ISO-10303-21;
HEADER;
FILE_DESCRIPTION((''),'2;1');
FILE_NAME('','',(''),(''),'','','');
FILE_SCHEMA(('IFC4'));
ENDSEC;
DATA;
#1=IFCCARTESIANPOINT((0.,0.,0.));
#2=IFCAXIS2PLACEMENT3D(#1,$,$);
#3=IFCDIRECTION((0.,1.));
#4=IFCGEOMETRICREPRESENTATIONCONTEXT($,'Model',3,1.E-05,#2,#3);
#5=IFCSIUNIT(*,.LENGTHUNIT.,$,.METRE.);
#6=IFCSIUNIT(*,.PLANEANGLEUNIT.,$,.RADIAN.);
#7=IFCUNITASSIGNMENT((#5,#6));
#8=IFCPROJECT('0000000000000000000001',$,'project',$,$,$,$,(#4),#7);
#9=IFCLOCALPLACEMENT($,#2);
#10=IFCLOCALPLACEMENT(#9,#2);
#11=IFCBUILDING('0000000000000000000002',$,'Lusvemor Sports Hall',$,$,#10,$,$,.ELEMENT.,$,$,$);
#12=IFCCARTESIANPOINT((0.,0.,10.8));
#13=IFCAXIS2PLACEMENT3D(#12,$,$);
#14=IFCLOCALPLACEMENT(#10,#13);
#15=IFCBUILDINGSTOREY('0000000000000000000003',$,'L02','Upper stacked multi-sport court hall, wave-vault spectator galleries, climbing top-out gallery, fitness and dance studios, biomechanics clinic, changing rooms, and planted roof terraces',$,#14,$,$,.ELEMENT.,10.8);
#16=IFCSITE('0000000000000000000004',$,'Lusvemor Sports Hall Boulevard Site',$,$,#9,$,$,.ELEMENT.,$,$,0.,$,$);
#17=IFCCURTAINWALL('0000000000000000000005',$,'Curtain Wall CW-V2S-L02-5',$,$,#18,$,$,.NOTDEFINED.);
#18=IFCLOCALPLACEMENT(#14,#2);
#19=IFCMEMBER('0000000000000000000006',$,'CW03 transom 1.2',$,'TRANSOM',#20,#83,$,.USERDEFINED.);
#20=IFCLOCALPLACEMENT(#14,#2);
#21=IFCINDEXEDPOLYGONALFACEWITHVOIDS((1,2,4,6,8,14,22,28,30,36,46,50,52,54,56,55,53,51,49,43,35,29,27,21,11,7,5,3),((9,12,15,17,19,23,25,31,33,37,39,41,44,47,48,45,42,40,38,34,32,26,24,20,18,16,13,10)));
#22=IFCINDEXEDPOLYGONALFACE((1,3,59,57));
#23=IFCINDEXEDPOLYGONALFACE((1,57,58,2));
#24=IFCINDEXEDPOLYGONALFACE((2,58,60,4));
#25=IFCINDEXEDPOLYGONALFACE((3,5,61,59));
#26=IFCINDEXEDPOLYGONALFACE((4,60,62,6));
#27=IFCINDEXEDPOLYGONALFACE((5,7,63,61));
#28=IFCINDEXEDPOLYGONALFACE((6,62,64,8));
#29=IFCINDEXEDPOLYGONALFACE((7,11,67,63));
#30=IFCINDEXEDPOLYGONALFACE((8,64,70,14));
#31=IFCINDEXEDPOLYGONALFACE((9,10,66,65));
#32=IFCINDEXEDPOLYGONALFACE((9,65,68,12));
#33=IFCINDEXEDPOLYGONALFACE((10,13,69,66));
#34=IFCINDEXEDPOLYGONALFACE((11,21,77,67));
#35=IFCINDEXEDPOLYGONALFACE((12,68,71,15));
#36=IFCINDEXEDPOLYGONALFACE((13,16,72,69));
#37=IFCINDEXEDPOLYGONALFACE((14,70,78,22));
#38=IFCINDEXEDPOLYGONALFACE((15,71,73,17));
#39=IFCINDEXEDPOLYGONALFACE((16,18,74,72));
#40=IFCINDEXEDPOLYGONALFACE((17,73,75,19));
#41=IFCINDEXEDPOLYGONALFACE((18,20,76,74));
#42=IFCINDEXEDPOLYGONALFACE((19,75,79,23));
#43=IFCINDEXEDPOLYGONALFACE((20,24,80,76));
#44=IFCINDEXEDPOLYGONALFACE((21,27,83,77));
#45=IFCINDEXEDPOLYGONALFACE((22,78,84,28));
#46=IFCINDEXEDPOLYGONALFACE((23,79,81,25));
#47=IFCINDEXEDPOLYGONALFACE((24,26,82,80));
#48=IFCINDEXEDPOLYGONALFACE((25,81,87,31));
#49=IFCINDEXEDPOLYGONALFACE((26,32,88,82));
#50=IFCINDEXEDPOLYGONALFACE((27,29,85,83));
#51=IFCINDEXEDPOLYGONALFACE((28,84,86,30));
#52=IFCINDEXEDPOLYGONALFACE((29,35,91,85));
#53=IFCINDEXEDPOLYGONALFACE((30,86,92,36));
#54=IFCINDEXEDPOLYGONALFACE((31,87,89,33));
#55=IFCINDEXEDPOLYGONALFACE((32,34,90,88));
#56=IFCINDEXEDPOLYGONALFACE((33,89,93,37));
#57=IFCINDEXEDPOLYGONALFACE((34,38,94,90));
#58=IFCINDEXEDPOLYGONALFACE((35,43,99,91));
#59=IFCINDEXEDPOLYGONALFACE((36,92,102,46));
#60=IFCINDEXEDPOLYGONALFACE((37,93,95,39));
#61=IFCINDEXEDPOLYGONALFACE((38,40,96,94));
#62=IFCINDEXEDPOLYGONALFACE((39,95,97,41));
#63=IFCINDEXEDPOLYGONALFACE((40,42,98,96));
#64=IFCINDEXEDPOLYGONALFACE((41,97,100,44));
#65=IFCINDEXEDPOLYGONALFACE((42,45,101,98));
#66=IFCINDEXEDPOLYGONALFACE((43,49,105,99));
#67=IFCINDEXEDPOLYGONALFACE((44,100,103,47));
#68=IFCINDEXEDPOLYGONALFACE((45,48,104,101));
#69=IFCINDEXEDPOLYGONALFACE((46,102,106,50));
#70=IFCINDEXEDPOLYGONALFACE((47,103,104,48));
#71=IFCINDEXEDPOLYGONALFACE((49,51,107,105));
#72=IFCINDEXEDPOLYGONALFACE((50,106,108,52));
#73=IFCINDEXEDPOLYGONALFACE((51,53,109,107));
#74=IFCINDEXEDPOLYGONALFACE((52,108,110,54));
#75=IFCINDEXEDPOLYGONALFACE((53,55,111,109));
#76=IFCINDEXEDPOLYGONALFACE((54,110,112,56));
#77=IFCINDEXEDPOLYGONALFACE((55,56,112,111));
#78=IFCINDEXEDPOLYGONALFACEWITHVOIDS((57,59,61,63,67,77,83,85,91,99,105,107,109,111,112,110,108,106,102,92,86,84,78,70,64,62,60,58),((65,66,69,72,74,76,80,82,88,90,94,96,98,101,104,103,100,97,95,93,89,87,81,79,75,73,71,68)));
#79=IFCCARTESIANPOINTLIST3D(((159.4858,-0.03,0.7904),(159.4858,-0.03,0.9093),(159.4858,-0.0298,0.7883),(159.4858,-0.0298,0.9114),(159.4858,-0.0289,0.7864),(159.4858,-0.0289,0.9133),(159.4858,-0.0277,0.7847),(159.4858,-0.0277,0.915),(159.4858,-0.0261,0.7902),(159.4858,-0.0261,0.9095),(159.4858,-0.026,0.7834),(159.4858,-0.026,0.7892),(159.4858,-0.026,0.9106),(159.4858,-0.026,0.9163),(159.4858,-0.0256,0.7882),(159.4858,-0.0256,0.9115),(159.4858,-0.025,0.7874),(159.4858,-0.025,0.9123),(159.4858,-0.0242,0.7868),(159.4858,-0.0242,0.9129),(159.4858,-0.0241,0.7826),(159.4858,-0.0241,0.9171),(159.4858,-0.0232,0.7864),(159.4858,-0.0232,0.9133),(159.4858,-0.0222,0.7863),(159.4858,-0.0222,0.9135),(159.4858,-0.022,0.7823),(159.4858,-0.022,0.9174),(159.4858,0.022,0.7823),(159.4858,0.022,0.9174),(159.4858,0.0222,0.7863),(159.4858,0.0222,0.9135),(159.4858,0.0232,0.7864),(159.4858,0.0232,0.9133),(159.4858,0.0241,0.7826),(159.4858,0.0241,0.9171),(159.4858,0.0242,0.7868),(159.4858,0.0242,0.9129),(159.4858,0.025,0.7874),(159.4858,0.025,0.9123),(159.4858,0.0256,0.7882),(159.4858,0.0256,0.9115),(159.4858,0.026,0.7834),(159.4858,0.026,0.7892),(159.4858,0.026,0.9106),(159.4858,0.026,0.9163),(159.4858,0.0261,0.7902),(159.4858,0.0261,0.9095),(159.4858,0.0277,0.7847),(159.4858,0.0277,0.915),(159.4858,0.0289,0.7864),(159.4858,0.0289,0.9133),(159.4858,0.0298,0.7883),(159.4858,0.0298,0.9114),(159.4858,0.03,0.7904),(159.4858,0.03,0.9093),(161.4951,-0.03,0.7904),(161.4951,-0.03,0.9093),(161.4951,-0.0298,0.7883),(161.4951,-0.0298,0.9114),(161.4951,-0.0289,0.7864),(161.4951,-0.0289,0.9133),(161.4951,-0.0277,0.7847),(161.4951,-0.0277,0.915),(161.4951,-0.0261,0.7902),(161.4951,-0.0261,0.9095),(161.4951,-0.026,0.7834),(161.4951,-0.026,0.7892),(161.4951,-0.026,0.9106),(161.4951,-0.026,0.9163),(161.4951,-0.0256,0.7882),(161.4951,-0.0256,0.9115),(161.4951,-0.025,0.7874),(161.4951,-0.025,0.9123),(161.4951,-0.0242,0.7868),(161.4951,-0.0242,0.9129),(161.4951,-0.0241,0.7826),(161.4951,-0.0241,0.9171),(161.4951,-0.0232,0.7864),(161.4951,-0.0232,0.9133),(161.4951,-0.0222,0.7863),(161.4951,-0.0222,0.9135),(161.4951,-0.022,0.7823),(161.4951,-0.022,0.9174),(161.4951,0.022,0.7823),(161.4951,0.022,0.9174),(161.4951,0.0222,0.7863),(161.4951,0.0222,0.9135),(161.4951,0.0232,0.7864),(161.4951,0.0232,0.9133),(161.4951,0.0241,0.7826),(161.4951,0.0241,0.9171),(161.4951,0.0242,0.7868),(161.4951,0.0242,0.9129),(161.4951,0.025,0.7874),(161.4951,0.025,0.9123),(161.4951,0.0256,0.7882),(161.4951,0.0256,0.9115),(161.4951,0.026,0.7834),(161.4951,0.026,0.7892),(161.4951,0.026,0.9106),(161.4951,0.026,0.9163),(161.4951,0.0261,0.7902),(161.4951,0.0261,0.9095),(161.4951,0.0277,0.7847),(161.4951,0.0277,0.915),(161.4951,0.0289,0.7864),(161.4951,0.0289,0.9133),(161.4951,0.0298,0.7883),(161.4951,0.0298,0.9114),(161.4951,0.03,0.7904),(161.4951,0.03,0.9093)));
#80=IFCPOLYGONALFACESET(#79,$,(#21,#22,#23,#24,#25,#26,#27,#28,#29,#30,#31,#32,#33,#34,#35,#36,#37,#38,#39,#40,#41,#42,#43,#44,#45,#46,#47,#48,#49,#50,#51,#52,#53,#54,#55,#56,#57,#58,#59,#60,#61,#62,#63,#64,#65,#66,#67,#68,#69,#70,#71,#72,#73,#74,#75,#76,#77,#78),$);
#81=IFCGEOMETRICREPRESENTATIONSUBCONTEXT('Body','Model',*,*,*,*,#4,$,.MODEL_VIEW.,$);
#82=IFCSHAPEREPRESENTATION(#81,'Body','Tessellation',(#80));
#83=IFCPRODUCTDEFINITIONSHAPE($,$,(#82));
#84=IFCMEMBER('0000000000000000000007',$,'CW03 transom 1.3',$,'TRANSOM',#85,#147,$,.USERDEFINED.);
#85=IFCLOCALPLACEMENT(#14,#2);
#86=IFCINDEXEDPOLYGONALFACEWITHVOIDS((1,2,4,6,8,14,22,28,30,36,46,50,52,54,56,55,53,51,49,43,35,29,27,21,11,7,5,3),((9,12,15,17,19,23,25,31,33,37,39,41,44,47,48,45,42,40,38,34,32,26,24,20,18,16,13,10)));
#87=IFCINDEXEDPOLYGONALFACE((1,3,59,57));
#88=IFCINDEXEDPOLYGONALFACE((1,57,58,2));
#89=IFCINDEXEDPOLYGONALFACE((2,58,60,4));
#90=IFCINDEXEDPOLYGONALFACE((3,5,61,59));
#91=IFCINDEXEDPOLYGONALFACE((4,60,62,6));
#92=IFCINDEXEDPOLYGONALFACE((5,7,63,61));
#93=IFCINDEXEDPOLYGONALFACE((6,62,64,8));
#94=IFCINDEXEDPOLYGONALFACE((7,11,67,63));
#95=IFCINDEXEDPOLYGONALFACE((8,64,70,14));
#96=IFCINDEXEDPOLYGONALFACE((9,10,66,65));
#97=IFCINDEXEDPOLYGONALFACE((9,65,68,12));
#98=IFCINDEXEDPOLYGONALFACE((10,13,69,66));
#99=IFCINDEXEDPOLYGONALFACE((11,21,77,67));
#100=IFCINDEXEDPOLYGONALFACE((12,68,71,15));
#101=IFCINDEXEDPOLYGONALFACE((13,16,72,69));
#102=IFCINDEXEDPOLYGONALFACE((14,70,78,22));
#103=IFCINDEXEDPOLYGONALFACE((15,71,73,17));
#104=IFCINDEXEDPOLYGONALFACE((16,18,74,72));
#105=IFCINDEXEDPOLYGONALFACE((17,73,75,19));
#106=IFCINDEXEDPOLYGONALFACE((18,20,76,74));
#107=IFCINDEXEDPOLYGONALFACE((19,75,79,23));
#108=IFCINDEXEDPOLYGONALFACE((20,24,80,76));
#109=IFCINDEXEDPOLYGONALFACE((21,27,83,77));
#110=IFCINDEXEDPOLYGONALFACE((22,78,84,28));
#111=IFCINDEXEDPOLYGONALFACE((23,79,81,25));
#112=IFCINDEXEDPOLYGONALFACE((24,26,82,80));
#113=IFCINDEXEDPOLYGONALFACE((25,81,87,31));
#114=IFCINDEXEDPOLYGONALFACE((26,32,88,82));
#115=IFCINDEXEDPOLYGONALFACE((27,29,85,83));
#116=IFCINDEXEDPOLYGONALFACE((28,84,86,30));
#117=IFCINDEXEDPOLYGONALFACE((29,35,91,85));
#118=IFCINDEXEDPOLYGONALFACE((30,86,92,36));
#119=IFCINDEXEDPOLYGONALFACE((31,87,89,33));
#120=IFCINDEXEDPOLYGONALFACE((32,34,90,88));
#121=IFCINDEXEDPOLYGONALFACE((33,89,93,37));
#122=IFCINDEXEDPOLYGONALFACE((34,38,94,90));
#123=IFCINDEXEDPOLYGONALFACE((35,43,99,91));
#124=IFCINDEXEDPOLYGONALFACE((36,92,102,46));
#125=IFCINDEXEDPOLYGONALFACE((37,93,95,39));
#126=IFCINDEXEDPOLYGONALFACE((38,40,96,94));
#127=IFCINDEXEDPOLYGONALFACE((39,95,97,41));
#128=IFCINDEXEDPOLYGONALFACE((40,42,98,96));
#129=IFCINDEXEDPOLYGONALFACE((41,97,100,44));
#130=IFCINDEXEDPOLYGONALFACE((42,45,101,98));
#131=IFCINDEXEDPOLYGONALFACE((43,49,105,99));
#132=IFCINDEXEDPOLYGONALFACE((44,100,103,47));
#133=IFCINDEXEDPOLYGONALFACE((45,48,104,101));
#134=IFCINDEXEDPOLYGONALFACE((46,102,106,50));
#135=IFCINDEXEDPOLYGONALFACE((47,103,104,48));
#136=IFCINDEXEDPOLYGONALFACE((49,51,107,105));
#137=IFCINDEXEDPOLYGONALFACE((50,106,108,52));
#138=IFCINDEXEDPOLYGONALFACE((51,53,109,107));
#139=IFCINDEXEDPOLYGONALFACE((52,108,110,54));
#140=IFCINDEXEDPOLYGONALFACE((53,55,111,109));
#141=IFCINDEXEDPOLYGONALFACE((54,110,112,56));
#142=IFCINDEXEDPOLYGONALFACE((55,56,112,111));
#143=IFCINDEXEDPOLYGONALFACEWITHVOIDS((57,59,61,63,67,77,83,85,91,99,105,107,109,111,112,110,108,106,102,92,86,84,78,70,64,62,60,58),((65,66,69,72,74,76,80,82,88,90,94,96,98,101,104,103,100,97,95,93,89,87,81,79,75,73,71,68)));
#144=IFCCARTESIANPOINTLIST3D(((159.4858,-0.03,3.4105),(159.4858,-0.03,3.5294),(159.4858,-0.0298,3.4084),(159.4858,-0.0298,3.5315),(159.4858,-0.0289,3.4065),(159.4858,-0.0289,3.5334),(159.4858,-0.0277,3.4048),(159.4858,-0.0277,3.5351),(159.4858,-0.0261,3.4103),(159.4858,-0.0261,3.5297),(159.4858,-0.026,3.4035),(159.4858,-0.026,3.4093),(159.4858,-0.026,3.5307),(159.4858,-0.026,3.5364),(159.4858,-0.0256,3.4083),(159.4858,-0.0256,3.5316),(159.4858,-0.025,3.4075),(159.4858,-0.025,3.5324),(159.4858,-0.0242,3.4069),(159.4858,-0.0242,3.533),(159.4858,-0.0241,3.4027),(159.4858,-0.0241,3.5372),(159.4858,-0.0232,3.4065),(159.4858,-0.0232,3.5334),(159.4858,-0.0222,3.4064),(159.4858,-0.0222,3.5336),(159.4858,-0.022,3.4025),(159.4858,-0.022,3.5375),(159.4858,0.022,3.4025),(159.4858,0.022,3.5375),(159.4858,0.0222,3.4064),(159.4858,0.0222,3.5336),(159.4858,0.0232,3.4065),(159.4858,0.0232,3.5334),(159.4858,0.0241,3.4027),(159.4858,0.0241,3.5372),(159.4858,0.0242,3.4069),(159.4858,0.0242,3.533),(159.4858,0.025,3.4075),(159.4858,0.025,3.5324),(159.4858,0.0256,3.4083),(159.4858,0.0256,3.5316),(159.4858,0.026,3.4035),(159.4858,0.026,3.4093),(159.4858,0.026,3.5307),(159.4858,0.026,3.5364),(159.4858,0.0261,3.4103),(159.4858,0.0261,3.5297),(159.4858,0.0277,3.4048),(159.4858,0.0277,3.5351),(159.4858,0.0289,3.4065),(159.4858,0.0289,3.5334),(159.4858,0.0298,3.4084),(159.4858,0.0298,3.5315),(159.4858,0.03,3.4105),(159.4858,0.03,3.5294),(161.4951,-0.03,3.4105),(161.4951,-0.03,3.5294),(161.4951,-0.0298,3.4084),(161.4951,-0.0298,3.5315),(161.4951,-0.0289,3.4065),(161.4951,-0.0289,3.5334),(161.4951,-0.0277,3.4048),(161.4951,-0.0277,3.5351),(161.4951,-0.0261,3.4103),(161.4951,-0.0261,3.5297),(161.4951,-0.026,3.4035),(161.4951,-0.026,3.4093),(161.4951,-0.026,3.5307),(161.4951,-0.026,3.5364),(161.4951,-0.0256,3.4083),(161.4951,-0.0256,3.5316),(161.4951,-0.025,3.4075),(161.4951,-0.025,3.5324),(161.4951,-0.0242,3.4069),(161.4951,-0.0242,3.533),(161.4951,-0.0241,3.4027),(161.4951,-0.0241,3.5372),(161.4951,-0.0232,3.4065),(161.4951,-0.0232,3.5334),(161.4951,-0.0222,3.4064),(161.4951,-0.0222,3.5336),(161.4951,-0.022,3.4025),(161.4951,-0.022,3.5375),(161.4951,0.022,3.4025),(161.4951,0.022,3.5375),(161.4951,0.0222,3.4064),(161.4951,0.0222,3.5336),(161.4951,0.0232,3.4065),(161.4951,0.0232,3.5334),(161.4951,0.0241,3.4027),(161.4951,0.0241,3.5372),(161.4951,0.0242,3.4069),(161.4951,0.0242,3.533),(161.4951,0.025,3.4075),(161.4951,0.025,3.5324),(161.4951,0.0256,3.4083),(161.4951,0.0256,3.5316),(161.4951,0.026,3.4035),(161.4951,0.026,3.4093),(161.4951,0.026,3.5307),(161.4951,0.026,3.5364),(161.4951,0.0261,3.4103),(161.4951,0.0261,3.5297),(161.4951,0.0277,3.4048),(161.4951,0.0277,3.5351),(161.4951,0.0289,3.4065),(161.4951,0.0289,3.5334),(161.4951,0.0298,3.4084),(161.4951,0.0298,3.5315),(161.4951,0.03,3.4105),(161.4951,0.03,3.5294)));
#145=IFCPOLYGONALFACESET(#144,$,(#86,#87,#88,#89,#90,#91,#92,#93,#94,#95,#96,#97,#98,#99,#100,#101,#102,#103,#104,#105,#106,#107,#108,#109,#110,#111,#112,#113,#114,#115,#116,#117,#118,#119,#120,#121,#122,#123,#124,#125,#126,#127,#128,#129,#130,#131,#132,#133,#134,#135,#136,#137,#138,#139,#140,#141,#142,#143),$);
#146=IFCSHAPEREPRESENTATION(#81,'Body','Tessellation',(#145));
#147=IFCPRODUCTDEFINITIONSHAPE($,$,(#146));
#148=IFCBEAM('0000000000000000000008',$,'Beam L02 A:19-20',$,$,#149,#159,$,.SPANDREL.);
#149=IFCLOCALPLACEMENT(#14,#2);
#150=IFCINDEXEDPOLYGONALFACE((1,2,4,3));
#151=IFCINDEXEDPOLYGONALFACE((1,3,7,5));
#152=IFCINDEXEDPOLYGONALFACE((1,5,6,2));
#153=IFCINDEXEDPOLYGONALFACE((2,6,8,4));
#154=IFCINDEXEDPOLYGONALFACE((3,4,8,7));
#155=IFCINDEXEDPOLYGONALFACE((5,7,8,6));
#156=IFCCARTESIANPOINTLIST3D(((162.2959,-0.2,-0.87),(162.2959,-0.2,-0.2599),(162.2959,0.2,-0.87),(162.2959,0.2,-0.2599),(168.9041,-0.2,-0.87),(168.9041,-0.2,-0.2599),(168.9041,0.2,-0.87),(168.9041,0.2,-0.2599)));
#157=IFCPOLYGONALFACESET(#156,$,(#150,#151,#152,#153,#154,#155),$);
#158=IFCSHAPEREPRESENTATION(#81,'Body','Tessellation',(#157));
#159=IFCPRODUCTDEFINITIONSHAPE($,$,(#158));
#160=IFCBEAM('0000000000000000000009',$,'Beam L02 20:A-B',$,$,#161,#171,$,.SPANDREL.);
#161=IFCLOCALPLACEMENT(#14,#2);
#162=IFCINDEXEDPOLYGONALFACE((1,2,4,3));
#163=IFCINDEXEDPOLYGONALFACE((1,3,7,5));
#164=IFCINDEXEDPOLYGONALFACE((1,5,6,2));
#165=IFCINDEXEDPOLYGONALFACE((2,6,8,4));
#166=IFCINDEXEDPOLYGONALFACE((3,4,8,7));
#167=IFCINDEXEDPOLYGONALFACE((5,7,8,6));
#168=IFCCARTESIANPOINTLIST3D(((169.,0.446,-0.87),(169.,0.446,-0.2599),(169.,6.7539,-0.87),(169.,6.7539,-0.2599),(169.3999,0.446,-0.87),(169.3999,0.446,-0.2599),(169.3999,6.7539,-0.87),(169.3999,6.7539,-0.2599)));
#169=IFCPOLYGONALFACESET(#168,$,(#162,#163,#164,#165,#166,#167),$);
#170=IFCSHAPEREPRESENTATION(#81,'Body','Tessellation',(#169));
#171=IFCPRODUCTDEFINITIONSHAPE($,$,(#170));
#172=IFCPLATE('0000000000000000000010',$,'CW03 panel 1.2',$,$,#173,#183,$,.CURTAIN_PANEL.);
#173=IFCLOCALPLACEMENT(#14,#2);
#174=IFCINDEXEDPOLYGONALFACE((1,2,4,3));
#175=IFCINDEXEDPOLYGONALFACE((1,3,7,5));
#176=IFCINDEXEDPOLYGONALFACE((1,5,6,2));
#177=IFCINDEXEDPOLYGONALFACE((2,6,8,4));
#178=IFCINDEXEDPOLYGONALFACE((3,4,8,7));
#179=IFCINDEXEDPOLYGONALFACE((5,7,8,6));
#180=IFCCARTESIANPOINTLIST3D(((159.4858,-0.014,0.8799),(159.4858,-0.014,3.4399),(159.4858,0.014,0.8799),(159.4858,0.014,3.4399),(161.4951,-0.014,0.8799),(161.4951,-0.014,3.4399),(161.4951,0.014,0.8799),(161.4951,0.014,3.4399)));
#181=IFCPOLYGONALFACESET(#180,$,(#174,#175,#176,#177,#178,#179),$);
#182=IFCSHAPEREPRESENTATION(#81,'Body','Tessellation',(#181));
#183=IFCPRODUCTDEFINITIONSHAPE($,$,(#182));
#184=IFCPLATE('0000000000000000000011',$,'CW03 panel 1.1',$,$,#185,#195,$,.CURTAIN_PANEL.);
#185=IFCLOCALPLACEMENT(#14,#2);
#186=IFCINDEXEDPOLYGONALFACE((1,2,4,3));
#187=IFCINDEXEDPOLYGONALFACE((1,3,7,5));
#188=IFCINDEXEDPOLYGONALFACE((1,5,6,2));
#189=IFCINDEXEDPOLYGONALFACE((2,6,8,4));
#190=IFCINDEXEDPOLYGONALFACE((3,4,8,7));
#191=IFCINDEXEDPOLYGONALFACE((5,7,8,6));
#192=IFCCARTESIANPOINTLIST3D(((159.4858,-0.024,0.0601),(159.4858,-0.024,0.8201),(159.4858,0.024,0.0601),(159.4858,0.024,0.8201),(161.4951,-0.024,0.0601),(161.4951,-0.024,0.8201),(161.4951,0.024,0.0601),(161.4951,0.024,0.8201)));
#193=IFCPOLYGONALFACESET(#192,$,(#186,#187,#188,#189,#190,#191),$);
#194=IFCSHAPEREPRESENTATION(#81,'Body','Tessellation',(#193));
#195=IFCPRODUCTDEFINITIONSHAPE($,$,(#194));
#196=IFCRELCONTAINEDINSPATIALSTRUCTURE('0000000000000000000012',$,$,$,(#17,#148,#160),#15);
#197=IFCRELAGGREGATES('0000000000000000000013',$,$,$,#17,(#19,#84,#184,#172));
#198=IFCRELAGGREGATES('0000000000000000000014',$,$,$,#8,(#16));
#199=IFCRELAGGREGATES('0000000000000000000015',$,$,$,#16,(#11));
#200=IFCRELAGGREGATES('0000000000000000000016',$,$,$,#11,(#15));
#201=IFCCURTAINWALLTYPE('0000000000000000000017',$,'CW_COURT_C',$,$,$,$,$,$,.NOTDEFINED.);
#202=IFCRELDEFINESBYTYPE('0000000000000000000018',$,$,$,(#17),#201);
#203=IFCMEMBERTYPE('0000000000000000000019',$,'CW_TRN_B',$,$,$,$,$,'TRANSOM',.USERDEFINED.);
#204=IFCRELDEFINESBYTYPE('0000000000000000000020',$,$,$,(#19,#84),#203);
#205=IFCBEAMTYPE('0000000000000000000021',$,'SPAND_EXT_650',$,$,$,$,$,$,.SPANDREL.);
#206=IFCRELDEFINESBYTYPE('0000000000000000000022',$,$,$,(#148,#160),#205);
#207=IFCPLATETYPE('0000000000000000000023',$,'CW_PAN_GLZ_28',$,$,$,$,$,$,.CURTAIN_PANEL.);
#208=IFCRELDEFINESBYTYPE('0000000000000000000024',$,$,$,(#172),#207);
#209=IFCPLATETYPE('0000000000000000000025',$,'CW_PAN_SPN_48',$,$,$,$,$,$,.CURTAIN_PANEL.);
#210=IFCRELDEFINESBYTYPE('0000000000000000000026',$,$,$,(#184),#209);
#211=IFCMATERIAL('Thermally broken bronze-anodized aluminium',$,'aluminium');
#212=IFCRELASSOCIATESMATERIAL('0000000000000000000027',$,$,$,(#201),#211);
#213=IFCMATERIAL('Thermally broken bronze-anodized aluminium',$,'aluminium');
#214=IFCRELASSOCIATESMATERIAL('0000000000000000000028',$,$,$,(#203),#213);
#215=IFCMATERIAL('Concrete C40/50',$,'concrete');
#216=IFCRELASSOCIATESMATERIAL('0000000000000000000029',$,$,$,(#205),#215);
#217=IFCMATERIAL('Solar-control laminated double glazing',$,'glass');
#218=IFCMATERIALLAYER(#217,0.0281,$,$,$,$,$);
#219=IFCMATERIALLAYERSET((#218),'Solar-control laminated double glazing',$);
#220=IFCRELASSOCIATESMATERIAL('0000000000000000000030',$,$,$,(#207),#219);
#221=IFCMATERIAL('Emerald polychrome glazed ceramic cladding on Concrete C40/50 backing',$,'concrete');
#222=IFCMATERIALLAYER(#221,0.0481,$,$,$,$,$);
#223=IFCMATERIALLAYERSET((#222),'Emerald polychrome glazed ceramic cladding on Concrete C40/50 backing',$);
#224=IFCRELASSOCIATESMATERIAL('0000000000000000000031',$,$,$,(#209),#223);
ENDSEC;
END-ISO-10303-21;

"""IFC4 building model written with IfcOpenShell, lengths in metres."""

from ifc_helpers import new_model, si_unit, direction, frame, origin, origin_2d, place, context, subcontext, project, spatial, rectangle, hollow_rectangle, extrude, material, layer, layer_set, material_profile, profile_set, type_object, element, aggregate, save


model = new_model("IFC4")

# Units and contexts
model_context = context("Model", 3, precision=1e-05, world=origin(), true_north=direction((0.0, 1.0)))
body_context = subcontext(model_context, "Body", "Model", "MODEL_VIEW")
ifc_project = project(units=[si_unit("LENGTHUNIT", "METRE"), si_unit("PLANEANGLEUNIT", "RADIAN")], contexts=[model_context])

# Site, building, storey
site_placement = place(None, origin())
site = spatial("IfcSite", under=ifc_project, at=site_placement, Name="Lusvemor Sports Hall Boulevard Site", CompositionType="ELEMENT", RefElevation=0.0)
building_placement = place(site_placement, origin())
building = spatial("IfcBuilding", under=site, at=building_placement, Name="Lusvemor Sports Hall", CompositionType="ELEMENT")
storey_placement = place(building_placement, frame((0.0, 0.0, 10.8)))
storey = spatial("IfcBuildingStorey", under=building, at=storey_placement, Name="L02", Description="Upper stacked multi-sport court hall, wave-vault spectator galleries, climbing top-out gallery, fitness and dance studios, biomechanics clinic, changing rooms, and planted roof terraces", CompositionType="ELEMENT", Elevation=10.8)

# Curtain wall, members
ifc_material_1 = material(Name="Thermally broken bronze-anodized aluminium", Category="aluminium")
curtain_wall_type = type_object("IfcCurtainWallType", Name="CW_COURT_C", PredefinedType="NOTDEFINED", material=ifc_material_1)
curtain_wall_placement = place(storey_placement, origin())
curtain_wall = element("IfcCurtainWall", 1, at=curtain_wall_placement, inside=storey, type_object=curtain_wall_type, Name="Curtain Wall CW-V2S-L02-5", PredefinedType="NOTDEFINED")
ifc_material_2 = material(Name="Thermally broken bronze-anodized aluminium", Category="aluminium")
ifc_material_profile_1 = material_profile(ifc_material_2, hollow_rectangle(XDim=0.0601, YDim=0.135, WallThickness=0.0039, InnerFilletRadius=0.0039, OuterFilletRadius=0.0081, at=origin_2d()), Name="CWTRN135x60x4")
ifc_profile_set_1 = profile_set([ifc_material_profile_1], Name="Thermally broken bronze-anodized aluminium")
member_type_1 = type_object("IfcMemberType", Name="CW_TRN_B", ElementType="TRANSOM", PredefinedType="USERDEFINED", material=ifc_profile_set_1)
member_1_placement = place(storey_placement, frame((161.4951, 0.0, 0.8499), z_axis=(-1.0, 0.0, 0.0), x_axis=(0.0, -1.0, 0.0)))
member_1 = element("IfcMember", 2, at=member_1_placement, type_object=member_type_1, Name="CW03 transom 1.2", ObjectType="TRANSOM", PredefinedType="USERDEFINED", context=body_context, shape_type="SweptSolid", body=[
    extrude(hollow_rectangle(XDim=0.0601, YDim=0.135, WallThickness=0.0039, InnerFilletRadius=0.0039, OuterFilletRadius=0.0081, at=origin_2d()), origin(), (0.0, 0.0, 1.0), 2.0093),
])
member_2_placement = place(storey_placement, frame((161.4951, 0.0, 3.47), z_axis=(-1.0, 0.0, 0.0), x_axis=(0.0, -1.0, 0.0)))
member_2 = element("IfcMember", 3, at=member_2_placement, type_object=member_type_1, Name="CW03 transom 1.3", ObjectType="TRANSOM", PredefinedType="USERDEFINED", context=body_context, shape_type="SweptSolid", body=[
    extrude(hollow_rectangle(XDim=0.0601, YDim=0.135, WallThickness=0.0039, InnerFilletRadius=0.0039, OuterFilletRadius=0.0081, at=origin_2d()), origin(), (0.0, 0.0, 1.0), 2.0093),
])

# Beams
ifc_material_3 = material(Name="Concrete C40/50", Category="concrete")
ifc_material_profile_2 = material_profile(ifc_material_3, rectangle(XDim=0.3999, YDim=0.6101, at=origin_2d()), Name="RC400x610")
ifc_profile_set_2 = profile_set([ifc_material_profile_2], Name="Concrete C40/50")
beam_type_1 = type_object("IfcBeamType", Name="SPAND_EXT_650", PredefinedType="SPANDREL", material=ifc_profile_set_2)
beam_1_placement = place(storey_placement, frame((162.2959, 0.0, -0.5649), z_axis=(1.0, 0.0, 0.0), x_axis=(0.0, 1.0, 0.0)))
element("IfcBeam", 4, at=beam_1_placement, inside=storey, type_object=beam_type_1, Name="Beam L02 A:19-20", PredefinedType="SPANDREL", context=body_context, shape_type="SweptSolid", body=[
    extrude(rectangle(XDim=0.3999, YDim=0.6101, at=origin_2d()), origin(), (0.0, 0.0, 1.0), 6.6082),
])
beam_2_placement = place(storey_placement, frame((169.2, 0.446, -0.5649), z_axis=(0.0, 1.0, 0.0), x_axis=(-1.0, 0.0, 0.0)))
element("IfcBeam", 5, at=beam_2_placement, inside=storey, type_object=beam_type_1, Name="Beam L02 20:A-B", PredefinedType="SPANDREL", context=body_context, shape_type="SweptSolid", body=[
    extrude(rectangle(XDim=0.3999, YDim=0.6101, at=origin_2d()), origin(), (0.0, 0.0, 1.0), 6.3079),
])

# Plates
ifc_material_4 = material(Name="Solar-control laminated double glazing", Category="glass")
ifc_layer_1 = layer(ifc_material_4, 0.0281)
ifc_layer_set_1 = layer_set([ifc_layer_1], Name="Solar-control laminated double glazing")
plate_type_1 = type_object("IfcPlateType", Name="CW_PAN_GLZ_28", PredefinedType="CURTAIN_PANEL", material=ifc_layer_set_1)
plate_1_placement = place(storey_placement, frame((160.4905, 0.0, 0.8799), z_axis=(0.0, 0.0, 1.0), x_axis=(-1.0, 0.0, 0.0)))
plate_1 = element("IfcPlate", 6, at=plate_1_placement, type_object=plate_type_1, Name="CW03 panel 1.2", PredefinedType="CURTAIN_PANEL", context=body_context, shape_type="SweptSolid", body=[
    extrude(rectangle(XDim=2.0093, YDim=0.0281, at=origin_2d()), origin(), (0.0, 0.0, 1.0), 2.5601),
])
ifc_material_5 = material(Name="Emerald polychrome glazed ceramic cladding on Concrete C40/50 backing", Category="concrete")
ifc_layer_2 = layer(ifc_material_5, 0.0481)
ifc_layer_set_2 = layer_set([ifc_layer_2], Name="Emerald polychrome glazed ceramic cladding on Concrete C40/50 backing")
plate_type_2 = type_object("IfcPlateType", Name="CW_PAN_SPN_48", PredefinedType="CURTAIN_PANEL", material=ifc_layer_set_2)
plate_2_placement = place(storey_placement, frame((160.4905, 0.0, 0.0601), z_axis=(0.0, 0.0, 1.0), x_axis=(-1.0, 0.0, 0.0)))
plate_2 = element("IfcPlate", 7, at=plate_2_placement, type_object=plate_type_2, Name="CW03 panel 1.1", PredefinedType="CURTAIN_PANEL", context=body_context, shape_type="SweptSolid", body=[
    extrude(rectangle(XDim=2.0093, YDim=0.0481, at=origin_2d()), origin(), (0.0, 0.0, 1.0), 0.76),
])
aggregate(curtain_wall, [member_1, member_2, plate_2, plate_1])

save(model, "model.ifc")
